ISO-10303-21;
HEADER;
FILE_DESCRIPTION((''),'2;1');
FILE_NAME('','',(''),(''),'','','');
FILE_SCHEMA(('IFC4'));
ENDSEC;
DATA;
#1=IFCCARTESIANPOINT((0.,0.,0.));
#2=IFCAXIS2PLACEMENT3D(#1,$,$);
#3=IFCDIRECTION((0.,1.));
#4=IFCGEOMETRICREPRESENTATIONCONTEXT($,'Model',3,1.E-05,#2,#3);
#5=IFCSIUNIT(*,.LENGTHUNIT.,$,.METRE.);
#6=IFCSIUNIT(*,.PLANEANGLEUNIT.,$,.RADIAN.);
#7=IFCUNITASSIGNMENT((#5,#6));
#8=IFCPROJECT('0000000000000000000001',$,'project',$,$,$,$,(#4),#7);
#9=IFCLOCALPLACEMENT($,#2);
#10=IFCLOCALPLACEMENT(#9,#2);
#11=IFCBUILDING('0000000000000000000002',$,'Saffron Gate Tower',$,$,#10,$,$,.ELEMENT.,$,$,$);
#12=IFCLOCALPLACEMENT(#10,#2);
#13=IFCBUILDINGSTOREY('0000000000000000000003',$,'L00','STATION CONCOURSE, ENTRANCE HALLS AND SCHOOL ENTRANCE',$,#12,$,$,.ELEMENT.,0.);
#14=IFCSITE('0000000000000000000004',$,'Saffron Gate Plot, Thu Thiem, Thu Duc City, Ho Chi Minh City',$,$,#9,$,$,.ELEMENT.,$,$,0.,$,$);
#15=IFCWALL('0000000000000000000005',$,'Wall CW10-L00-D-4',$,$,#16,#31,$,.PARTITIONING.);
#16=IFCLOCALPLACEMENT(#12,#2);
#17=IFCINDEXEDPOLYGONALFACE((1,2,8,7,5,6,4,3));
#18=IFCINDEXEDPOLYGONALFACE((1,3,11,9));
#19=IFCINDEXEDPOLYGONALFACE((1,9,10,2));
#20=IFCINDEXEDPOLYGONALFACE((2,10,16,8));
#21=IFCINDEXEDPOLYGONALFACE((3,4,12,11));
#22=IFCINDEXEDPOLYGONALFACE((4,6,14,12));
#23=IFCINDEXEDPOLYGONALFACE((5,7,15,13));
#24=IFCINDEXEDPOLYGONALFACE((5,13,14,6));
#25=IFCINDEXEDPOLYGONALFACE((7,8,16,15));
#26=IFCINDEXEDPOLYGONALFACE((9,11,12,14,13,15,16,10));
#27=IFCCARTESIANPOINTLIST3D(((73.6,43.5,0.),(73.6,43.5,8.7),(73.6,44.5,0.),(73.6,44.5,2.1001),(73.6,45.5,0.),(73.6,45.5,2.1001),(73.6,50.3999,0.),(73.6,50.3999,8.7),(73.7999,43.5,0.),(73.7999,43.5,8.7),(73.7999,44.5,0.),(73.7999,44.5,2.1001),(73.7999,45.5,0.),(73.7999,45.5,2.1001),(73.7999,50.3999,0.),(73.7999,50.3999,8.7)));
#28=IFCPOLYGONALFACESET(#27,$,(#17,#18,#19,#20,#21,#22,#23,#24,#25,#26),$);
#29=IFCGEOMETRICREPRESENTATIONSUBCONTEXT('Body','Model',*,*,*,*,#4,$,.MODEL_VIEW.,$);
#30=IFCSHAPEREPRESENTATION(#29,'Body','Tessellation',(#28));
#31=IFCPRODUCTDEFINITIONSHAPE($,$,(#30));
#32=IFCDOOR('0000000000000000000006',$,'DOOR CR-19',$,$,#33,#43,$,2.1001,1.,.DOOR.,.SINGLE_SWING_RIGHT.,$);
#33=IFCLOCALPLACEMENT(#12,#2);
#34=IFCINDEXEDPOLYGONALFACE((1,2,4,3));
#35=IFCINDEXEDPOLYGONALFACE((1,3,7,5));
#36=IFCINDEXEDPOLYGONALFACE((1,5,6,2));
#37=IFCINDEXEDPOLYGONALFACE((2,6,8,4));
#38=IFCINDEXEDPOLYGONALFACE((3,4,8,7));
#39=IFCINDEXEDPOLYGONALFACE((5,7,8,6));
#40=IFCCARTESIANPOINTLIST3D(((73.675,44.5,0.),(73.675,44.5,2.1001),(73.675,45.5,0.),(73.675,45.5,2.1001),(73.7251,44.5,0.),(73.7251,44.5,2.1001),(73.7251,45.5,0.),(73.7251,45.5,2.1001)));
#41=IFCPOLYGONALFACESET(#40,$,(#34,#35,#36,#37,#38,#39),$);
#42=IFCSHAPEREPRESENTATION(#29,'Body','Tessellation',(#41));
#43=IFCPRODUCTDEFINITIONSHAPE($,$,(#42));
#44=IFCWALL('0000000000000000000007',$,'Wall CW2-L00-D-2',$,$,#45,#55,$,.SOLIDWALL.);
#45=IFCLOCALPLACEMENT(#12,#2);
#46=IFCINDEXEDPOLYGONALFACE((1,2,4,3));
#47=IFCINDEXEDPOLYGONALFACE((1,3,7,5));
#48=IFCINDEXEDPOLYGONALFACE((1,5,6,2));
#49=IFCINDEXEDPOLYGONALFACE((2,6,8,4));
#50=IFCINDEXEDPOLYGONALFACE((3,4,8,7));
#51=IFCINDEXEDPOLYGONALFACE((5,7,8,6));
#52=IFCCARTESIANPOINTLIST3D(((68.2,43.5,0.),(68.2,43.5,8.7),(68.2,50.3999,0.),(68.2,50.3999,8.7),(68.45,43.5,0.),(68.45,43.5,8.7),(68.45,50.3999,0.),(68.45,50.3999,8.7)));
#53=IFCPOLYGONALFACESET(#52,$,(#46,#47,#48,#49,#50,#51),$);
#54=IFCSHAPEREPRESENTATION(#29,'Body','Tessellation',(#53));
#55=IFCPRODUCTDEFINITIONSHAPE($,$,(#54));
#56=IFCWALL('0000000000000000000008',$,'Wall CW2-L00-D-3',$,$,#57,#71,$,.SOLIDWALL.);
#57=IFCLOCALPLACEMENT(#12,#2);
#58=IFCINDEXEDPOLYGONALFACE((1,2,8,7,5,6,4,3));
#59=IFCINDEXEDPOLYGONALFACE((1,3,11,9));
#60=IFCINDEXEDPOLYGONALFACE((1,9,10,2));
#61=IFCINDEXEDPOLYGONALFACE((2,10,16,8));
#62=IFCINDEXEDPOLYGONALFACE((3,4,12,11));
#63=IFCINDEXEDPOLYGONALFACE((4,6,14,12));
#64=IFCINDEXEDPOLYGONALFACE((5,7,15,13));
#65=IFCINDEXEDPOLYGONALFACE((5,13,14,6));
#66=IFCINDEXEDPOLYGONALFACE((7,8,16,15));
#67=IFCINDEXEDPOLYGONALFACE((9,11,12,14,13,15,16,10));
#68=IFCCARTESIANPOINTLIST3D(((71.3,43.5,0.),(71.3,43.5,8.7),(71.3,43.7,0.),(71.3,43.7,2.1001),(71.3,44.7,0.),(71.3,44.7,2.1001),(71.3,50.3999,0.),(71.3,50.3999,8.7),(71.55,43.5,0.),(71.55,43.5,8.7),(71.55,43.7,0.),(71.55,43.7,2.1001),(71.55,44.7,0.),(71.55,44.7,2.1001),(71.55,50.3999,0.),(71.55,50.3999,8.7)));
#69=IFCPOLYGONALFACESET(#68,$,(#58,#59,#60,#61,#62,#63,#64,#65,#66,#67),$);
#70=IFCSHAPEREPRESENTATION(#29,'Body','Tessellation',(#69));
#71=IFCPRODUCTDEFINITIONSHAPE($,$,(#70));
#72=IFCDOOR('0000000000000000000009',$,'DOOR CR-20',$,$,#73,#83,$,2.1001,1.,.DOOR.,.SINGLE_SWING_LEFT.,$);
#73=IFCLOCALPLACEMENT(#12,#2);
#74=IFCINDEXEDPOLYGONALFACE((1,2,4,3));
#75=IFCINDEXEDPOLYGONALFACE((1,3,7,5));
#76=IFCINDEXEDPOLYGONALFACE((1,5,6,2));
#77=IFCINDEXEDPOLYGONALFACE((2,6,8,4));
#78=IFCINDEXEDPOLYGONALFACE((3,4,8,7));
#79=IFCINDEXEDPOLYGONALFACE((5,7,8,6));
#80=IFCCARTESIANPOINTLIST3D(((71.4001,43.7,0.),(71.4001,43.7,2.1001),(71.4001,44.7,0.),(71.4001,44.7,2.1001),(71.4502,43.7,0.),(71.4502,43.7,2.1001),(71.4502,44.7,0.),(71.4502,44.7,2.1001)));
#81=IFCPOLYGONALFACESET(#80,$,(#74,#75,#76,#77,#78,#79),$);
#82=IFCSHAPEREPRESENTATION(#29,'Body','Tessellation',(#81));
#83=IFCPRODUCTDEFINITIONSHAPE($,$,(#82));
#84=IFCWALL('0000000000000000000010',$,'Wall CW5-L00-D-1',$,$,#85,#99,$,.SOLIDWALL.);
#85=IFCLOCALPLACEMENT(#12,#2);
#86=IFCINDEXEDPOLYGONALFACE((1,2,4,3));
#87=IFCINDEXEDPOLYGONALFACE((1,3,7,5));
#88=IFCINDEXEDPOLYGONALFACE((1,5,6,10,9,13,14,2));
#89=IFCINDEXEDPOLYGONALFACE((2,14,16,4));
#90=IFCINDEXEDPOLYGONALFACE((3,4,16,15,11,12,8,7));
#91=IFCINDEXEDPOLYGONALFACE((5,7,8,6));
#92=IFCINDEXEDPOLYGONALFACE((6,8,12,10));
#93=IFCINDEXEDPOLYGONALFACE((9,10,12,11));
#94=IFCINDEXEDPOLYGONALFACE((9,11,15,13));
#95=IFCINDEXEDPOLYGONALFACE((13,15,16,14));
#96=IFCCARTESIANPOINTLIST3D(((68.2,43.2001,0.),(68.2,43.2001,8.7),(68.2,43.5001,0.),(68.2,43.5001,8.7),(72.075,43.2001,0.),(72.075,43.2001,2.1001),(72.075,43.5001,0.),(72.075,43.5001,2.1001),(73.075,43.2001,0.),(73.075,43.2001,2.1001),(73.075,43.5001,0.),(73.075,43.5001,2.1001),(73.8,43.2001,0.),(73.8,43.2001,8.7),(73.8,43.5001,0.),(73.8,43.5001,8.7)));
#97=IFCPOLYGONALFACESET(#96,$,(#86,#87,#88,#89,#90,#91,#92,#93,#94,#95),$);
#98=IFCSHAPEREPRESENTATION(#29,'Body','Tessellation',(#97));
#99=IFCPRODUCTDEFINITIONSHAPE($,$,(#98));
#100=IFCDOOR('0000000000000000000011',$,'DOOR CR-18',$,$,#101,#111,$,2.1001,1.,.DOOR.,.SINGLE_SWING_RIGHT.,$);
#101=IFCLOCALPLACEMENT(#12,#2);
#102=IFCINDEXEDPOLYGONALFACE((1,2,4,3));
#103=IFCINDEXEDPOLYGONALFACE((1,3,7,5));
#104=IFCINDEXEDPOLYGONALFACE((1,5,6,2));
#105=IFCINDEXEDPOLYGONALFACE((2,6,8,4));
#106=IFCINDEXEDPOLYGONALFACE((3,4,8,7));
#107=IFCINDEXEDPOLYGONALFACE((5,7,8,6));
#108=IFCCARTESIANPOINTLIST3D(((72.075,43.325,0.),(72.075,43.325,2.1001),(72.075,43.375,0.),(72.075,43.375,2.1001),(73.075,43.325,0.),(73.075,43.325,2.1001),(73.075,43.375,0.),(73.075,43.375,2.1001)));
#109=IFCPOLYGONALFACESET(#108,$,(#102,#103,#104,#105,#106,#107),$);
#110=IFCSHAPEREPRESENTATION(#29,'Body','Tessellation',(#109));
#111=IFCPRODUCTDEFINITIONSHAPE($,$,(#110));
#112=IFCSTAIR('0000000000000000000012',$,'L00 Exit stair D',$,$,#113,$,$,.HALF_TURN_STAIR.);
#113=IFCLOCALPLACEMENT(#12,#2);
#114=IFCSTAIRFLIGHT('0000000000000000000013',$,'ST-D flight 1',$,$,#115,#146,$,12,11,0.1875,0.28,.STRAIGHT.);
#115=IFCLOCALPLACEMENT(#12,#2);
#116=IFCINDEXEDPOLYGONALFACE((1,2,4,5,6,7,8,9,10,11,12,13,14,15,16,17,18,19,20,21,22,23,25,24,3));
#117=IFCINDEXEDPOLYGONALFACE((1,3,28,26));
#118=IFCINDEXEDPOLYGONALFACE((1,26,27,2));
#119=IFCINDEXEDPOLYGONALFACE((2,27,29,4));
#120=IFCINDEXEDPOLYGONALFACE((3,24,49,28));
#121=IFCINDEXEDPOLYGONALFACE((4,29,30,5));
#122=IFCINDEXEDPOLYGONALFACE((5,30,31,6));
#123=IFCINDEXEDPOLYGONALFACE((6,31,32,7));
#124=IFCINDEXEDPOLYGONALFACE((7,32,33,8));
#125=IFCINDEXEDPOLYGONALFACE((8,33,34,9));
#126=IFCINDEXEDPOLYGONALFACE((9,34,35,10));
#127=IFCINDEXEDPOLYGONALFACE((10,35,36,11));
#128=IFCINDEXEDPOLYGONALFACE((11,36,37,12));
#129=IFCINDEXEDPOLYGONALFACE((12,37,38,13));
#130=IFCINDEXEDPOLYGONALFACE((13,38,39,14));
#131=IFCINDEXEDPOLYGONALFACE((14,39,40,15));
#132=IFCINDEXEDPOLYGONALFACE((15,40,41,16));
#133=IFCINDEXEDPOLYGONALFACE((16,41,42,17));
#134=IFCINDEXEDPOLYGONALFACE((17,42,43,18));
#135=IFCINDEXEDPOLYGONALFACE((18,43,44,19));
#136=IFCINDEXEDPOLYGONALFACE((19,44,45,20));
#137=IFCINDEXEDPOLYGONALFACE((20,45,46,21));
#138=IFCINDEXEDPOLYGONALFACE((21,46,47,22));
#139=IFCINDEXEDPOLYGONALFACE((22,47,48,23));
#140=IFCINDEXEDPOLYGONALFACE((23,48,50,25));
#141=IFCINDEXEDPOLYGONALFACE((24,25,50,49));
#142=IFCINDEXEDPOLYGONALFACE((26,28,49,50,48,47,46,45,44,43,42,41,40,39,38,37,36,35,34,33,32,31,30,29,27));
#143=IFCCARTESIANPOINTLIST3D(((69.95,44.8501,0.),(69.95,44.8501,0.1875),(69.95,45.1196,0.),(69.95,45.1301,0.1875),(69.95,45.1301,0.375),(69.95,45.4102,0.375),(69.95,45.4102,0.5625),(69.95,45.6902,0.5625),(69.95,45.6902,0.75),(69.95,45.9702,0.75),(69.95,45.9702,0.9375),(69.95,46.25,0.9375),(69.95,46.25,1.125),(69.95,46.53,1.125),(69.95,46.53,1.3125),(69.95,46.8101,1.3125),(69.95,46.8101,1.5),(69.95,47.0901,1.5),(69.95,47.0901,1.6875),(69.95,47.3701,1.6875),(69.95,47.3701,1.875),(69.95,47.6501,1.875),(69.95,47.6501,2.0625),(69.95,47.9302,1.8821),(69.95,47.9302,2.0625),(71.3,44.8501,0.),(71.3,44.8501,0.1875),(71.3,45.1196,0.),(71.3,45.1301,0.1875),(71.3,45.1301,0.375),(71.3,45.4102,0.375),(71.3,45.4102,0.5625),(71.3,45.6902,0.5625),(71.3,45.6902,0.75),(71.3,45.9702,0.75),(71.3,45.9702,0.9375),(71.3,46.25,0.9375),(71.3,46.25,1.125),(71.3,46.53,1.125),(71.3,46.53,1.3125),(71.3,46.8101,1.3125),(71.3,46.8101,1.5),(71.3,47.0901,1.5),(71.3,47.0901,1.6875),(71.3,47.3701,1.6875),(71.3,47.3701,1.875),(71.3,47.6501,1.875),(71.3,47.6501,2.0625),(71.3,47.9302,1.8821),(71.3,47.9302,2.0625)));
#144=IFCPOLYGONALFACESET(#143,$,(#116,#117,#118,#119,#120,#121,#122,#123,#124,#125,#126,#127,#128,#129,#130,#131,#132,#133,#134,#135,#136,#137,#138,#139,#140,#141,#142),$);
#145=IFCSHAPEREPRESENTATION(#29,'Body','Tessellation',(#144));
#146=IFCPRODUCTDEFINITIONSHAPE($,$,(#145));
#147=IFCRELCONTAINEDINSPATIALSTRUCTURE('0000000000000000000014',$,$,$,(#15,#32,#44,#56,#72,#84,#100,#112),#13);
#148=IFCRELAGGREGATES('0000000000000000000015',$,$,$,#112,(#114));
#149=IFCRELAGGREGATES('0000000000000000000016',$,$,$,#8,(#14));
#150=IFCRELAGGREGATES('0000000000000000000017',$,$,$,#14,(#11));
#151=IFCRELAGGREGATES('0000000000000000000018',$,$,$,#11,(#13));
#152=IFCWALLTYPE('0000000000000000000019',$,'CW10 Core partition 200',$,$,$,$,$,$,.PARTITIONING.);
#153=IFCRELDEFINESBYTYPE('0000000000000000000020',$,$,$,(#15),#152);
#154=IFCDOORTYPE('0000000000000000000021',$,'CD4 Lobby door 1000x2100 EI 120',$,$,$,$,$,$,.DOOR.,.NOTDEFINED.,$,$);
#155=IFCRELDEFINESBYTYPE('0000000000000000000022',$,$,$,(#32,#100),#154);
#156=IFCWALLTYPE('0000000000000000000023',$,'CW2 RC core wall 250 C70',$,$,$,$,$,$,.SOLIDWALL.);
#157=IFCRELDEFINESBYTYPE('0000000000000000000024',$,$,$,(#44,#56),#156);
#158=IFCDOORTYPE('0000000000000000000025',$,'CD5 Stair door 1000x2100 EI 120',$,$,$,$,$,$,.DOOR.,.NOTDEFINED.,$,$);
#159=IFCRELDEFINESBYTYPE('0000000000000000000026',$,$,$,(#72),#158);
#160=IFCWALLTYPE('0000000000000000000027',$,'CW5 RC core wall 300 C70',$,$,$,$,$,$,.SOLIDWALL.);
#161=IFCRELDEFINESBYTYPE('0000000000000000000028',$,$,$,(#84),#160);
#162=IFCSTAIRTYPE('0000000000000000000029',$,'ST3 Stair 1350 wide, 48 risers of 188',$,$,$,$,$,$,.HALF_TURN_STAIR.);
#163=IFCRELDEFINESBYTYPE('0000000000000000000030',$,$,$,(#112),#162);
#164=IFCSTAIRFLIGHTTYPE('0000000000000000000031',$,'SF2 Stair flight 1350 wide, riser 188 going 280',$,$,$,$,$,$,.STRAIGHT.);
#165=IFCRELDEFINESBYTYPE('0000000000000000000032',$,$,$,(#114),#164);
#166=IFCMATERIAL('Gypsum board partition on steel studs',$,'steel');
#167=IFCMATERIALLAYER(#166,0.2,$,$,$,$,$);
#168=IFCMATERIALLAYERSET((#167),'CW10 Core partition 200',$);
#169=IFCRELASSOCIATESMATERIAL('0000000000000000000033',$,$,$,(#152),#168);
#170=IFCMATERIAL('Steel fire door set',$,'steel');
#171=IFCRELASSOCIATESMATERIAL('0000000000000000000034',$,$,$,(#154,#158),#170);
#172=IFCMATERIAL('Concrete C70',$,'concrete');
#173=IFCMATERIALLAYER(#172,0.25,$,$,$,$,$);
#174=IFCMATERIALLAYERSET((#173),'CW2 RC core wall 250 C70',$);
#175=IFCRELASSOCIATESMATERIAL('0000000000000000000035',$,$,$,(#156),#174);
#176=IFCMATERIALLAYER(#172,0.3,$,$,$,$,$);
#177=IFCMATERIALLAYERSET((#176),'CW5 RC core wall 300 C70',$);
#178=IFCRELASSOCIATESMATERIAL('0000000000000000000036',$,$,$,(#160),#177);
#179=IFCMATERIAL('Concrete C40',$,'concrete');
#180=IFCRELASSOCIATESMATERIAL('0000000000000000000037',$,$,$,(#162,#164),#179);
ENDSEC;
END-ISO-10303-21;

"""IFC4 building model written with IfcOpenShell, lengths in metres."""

from ifc_helpers import new_model, si_unit, direction, frame, frame_2d, origin, place, context, subcontext, project, spatial, polyline, rectangle, outline, extrude, material, layer, layer_set, type_object, element, fill, aggregate, save


model = new_model("IFC4")

# Units and contexts
model_context = context("Model", 3, precision=1e-05, world=origin(), true_north=direction((0.0, 1.0)))
body_context = subcontext(model_context, "Body", "Model", "MODEL_VIEW")
ifc_project = project(units=[si_unit("LENGTHUNIT", "METRE"), si_unit("PLANEANGLEUNIT", "RADIAN")], contexts=[model_context])

# Site, building, storey
site_placement = place(None, origin())
site = spatial("IfcSite", under=ifc_project, at=site_placement, Name="Saffron Gate Plot, Thu Thiem, Thu Duc City, Ho Chi Minh City", CompositionType="ELEMENT", RefElevation=0.0)
building_placement = place(site_placement, origin())
building = spatial("IfcBuilding", under=site, at=building_placement, Name="Saffron Gate Tower", CompositionType="ELEMENT")
storey_placement = place(building_placement, origin())
storey = spatial("IfcBuildingStorey", under=building, at=storey_placement, Name="L00", Description="STATION CONCOURSE, ENTRANCE HALLS AND SCHOOL ENTRANCE", CompositionType="ELEMENT", Elevation=0.0)

# Wall, opening, door
ifc_material_1 = material(Name="Gypsum board partition on steel studs", Category="steel")
ifc_layer_1 = layer(ifc_material_1, 0.2)
ifc_layer_set_1 = layer_set([ifc_layer_1], Name="CW10 Core partition 200")
wall_type_1 = type_object("IfcWallType", Name="CW10 Core partition 200", PredefinedType="PARTITIONING", material=ifc_layer_set_1)
wall_1_placement = place(storey_placement, frame((73.7, 43.5, 0.0), z_axis=(0.0, 0.0, 1.0), x_axis=(0.0, 1.0, 0.0)))
wall_1 = element("IfcWall", 1, at=wall_1_placement, inside=storey, type_object=wall_type_1, Name="Wall CW10-L00-D-4", PredefinedType="PARTITIONING", context=body_context, shape_type="SweptSolid", body=[
    extrude(rectangle(XDim=6.8999, YDim=0.2, at=frame_2d((3.45, 0.0))), origin(), (0.0, 0.0, 1.0), 8.7),
])
opening_1_placement = place(wall_1_placement, frame((1.0, 0.0, 0.0)))
opening_1 = element("IfcOpeningElement", 2, at=opening_1_placement, cuts=wall_1, PredefinedType="OPENING", context=body_context, shape_type="SweptSolid", body=[
    extrude(rectangle(XDim=1.0, YDim=2.1001, at=frame_2d((0.5, 1.05))), frame((0.0, 0.1099, 0.0), z_axis=(0.0, -1.0, 0.0), x_axis=(1.0, 0.0, 0.0)), (0.0, 0.0, 1.0), 0.22),
])
ifc_material_2 = material(Name="Steel fire door set", Category="steel")
door_type_1 = type_object("IfcDoorType", Name="CD4 Lobby door 1000x2100 EI 120", OperationType="NOTDEFINED", PredefinedType="DOOR", material=ifc_material_2)
door_1_placement = place(opening_1_placement, origin())
door_1 = element("IfcDoor", 3, at=door_1_placement, inside=storey, type_object=door_type_1, Name="DOOR CR-19", OperationType="SINGLE_SWING_RIGHT", OverallHeight=2.1001, OverallWidth=1.0, PredefinedType="DOOR", context=body_context, shape_type="SweptSolid", body=[
    extrude(rectangle(XDim=1.0, YDim=2.1001, at=frame_2d((0.5, 1.05))), frame((0.0, 0.0249, 0.0), z_axis=(0.0, -1.0, 0.0), x_axis=(1.0, 0.0, 0.0)), (0.0, 0.0, 1.0), 0.05),
])
fill(opening_1, door_1)

# Wall
ifc_material_3 = material(Name="Concrete C70", Category="concrete")
ifc_layer_2 = layer(ifc_material_3, 0.25)
ifc_layer_set_2 = layer_set([ifc_layer_2], Name="CW2 RC core wall 250 C70")
wall_type_2 = type_object("IfcWallType", Name="CW2 RC core wall 250 C70", PredefinedType="SOLIDWALL", material=ifc_layer_set_2)
wall_2_placement = place(storey_placement, frame((68.325, 43.5, 0.0), z_axis=(0.0, 0.0, 1.0), x_axis=(0.0, 1.0, 0.0)))
element("IfcWall", 4, at=wall_2_placement, inside=storey, type_object=wall_type_2, Name="Wall CW2-L00-D-2", PredefinedType="SOLIDWALL", context=body_context, shape_type="SweptSolid", body=[
    extrude(rectangle(XDim=6.8999, YDim=0.25, at=frame_2d((3.45, 0.0))), origin(), (0.0, 0.0, 1.0), 8.7),
])

# Walls, openings, doors
wall_3_placement = place(storey_placement, frame((71.425, 43.5, 0.0), z_axis=(0.0, 0.0, 1.0), x_axis=(0.0, 1.0, 0.0)))
wall_3 = element("IfcWall", 5, at=wall_3_placement, inside=storey, type_object=wall_type_2, Name="Wall CW2-L00-D-3", PredefinedType="SOLIDWALL", context=body_context, shape_type="SweptSolid", body=[
    extrude(rectangle(XDim=6.8999, YDim=0.25, at=frame_2d((3.45, 0.0))), origin(), (0.0, 0.0, 1.0), 8.7),
])
opening_2_placement = place(wall_3_placement, frame((0.2, 0.0, 0.0)))
opening_2 = element("IfcOpeningElement", 6, at=opening_2_placement, cuts=wall_3, PredefinedType="OPENING", context=body_context, shape_type="SweptSolid", body=[
    extrude(rectangle(XDim=1.0, YDim=2.1001, at=frame_2d((0.5, 1.05))), frame((0.0, 0.135, 0.0), z_axis=(0.0, -1.0, 0.0), x_axis=(1.0, 0.0, 0.0)), (0.0, 0.0, 1.0), 0.27),
])
door_type_2 = type_object("IfcDoorType", Name="CD5 Stair door 1000x2100 EI 120", OperationType="NOTDEFINED", PredefinedType="DOOR", material=ifc_material_2)
door_2_placement = place(opening_2_placement, origin())
door_2 = element("IfcDoor", 7, at=door_2_placement, inside=storey, type_object=door_type_2, Name="DOOR CR-20", OperationType="SINGLE_SWING_LEFT", OverallHeight=2.1001, OverallWidth=1.0, PredefinedType="DOOR", context=body_context, shape_type="SweptSolid", body=[
    extrude(rectangle(XDim=1.0, YDim=2.1001, at=frame_2d((0.5, 1.05))), frame((0.0, 0.0249, 0.0), z_axis=(0.0, -1.0, 0.0), x_axis=(1.0, 0.0, 0.0)), (0.0, 0.0, 1.0), 0.05),
])
fill(opening_2, door_2)
ifc_layer_3 = layer(ifc_material_3, 0.3)
ifc_layer_set_3 = layer_set([ifc_layer_3], Name="CW5 RC core wall 300 C70")
wall_type_3 = type_object("IfcWallType", Name="CW5 RC core wall 300 C70", PredefinedType="SOLIDWALL", material=ifc_layer_set_3)
wall_4_placement = place(storey_placement, frame((68.2, 43.3501, 0.0), z_axis=(0.0, 0.0, 1.0), x_axis=(1.0, 0.0, 0.0)))
wall_4 = element("IfcWall", 8, at=wall_4_placement, inside=storey, type_object=wall_type_3, Name="Wall CW5-L00-D-1", PredefinedType="SOLIDWALL", context=body_context, shape_type="SweptSolid", body=[
    extrude(rectangle(XDim=5.6001, YDim=0.3, at=frame_2d((2.8, 0.0))), origin(), (0.0, 0.0, 1.0), 8.7),
])
opening_3_placement = place(wall_4_placement, frame((3.875, 0.0, 0.0)))
opening_3 = element("IfcOpeningElement", 9, at=opening_3_placement, cuts=wall_4, PredefinedType="OPENING", context=body_context, shape_type="SweptSolid", body=[
    extrude(rectangle(XDim=1.0, YDim=2.1001, at=frame_2d((0.5, 1.05))), frame((0.0, 0.1602, 0.0), z_axis=(0.0, -1.0, 0.0), x_axis=(1.0, 0.0, 0.0)), (0.0, 0.0, 1.0), 0.3201),
])
door_3_placement = place(opening_3_placement, origin())
door_3 = element("IfcDoor", 10, at=door_3_placement, inside=storey, type_object=door_type_1, Name="DOOR CR-18", OperationType="SINGLE_SWING_RIGHT", OverallHeight=2.1001, OverallWidth=1.0, PredefinedType="DOOR", context=body_context, shape_type="SweptSolid", body=[
    extrude(rectangle(XDim=1.0, YDim=2.1001, at=frame_2d((0.5, 1.05))), frame((0.0, 0.0249, 0.0), z_axis=(0.0, -1.0, 0.0), x_axis=(1.0, 0.0, 0.0)), (0.0, 0.0, 1.0), 0.05),
])
fill(opening_3, door_3)

# Stair, stair flight
ifc_material_4 = material(Name="Concrete C40", Category="concrete")
stair_type = type_object("IfcStairType", Name="ST3 Stair 1350 wide, 48 risers of 188", PredefinedType="HALF_TURN_STAIR", material=ifc_material_4)
stair_placement = place(storey_placement, origin())
stair = element("IfcStair", 11, at=stair_placement, inside=storey, type_object=stair_type, Name="L00 Exit stair D", PredefinedType="HALF_TURN_STAIR")
stair_flight_type = type_object("IfcStairFlightType", Name="SF2 Stair flight 1350 wide, riser 188 going 280", PredefinedType="STRAIGHT", material=ifc_material_4)
stair_flight_1_placement = place(storey_placement, frame((70.625, 44.8501, 0.0), z_axis=(0.0, 0.0, 1.0), x_axis=(0.0, 1.0, 0.0)))
stair_flight_1 = element("IfcStairFlight", 12, at=stair_flight_1_placement, type_object=stair_flight_type, Name="ST-D flight 1", NumberOfRisers=12, NumberOfTreads=11, PredefinedType="STRAIGHT", RiserHeight=0.1875, TreadLength=0.28, context=body_context, shape_type="SweptSolid", body=[
    extrude(outline(polyline([(0.0, 0.0), (0.0, 0.1875), (0.28, 0.1875), (0.28, 0.375), (0.5601, 0.375), (0.5601, 0.5625), (0.8401, 0.5625), (0.8401, 0.75), (1.1201, 0.75), (1.1201, 0.9375), (1.3999, 0.9375), (1.3999, 1.125), (1.6799, 1.125), (1.6799, 1.3125), (1.96, 1.3125), (1.96, 1.5), (2.24, 1.5), (2.24, 1.6875), (2.52, 1.6875), (2.52, 1.875), (2.8, 1.875), (2.8, 2.0625), (3.0801, 2.0625), (3.0801, 2.25), (3.0801, 1.8821), (0.2695, 0.0), (0.0, 0.0)])), frame((0.0, 0.675, 0.0), z_axis=(0.0, -1.0, 0.0), x_axis=(1.0, 0.0, 0.0)), (0.0, 0.0, 1.0), 1.3501),
])
aggregate(stair, [stair_flight_1])

save(model, "model.ifc")
